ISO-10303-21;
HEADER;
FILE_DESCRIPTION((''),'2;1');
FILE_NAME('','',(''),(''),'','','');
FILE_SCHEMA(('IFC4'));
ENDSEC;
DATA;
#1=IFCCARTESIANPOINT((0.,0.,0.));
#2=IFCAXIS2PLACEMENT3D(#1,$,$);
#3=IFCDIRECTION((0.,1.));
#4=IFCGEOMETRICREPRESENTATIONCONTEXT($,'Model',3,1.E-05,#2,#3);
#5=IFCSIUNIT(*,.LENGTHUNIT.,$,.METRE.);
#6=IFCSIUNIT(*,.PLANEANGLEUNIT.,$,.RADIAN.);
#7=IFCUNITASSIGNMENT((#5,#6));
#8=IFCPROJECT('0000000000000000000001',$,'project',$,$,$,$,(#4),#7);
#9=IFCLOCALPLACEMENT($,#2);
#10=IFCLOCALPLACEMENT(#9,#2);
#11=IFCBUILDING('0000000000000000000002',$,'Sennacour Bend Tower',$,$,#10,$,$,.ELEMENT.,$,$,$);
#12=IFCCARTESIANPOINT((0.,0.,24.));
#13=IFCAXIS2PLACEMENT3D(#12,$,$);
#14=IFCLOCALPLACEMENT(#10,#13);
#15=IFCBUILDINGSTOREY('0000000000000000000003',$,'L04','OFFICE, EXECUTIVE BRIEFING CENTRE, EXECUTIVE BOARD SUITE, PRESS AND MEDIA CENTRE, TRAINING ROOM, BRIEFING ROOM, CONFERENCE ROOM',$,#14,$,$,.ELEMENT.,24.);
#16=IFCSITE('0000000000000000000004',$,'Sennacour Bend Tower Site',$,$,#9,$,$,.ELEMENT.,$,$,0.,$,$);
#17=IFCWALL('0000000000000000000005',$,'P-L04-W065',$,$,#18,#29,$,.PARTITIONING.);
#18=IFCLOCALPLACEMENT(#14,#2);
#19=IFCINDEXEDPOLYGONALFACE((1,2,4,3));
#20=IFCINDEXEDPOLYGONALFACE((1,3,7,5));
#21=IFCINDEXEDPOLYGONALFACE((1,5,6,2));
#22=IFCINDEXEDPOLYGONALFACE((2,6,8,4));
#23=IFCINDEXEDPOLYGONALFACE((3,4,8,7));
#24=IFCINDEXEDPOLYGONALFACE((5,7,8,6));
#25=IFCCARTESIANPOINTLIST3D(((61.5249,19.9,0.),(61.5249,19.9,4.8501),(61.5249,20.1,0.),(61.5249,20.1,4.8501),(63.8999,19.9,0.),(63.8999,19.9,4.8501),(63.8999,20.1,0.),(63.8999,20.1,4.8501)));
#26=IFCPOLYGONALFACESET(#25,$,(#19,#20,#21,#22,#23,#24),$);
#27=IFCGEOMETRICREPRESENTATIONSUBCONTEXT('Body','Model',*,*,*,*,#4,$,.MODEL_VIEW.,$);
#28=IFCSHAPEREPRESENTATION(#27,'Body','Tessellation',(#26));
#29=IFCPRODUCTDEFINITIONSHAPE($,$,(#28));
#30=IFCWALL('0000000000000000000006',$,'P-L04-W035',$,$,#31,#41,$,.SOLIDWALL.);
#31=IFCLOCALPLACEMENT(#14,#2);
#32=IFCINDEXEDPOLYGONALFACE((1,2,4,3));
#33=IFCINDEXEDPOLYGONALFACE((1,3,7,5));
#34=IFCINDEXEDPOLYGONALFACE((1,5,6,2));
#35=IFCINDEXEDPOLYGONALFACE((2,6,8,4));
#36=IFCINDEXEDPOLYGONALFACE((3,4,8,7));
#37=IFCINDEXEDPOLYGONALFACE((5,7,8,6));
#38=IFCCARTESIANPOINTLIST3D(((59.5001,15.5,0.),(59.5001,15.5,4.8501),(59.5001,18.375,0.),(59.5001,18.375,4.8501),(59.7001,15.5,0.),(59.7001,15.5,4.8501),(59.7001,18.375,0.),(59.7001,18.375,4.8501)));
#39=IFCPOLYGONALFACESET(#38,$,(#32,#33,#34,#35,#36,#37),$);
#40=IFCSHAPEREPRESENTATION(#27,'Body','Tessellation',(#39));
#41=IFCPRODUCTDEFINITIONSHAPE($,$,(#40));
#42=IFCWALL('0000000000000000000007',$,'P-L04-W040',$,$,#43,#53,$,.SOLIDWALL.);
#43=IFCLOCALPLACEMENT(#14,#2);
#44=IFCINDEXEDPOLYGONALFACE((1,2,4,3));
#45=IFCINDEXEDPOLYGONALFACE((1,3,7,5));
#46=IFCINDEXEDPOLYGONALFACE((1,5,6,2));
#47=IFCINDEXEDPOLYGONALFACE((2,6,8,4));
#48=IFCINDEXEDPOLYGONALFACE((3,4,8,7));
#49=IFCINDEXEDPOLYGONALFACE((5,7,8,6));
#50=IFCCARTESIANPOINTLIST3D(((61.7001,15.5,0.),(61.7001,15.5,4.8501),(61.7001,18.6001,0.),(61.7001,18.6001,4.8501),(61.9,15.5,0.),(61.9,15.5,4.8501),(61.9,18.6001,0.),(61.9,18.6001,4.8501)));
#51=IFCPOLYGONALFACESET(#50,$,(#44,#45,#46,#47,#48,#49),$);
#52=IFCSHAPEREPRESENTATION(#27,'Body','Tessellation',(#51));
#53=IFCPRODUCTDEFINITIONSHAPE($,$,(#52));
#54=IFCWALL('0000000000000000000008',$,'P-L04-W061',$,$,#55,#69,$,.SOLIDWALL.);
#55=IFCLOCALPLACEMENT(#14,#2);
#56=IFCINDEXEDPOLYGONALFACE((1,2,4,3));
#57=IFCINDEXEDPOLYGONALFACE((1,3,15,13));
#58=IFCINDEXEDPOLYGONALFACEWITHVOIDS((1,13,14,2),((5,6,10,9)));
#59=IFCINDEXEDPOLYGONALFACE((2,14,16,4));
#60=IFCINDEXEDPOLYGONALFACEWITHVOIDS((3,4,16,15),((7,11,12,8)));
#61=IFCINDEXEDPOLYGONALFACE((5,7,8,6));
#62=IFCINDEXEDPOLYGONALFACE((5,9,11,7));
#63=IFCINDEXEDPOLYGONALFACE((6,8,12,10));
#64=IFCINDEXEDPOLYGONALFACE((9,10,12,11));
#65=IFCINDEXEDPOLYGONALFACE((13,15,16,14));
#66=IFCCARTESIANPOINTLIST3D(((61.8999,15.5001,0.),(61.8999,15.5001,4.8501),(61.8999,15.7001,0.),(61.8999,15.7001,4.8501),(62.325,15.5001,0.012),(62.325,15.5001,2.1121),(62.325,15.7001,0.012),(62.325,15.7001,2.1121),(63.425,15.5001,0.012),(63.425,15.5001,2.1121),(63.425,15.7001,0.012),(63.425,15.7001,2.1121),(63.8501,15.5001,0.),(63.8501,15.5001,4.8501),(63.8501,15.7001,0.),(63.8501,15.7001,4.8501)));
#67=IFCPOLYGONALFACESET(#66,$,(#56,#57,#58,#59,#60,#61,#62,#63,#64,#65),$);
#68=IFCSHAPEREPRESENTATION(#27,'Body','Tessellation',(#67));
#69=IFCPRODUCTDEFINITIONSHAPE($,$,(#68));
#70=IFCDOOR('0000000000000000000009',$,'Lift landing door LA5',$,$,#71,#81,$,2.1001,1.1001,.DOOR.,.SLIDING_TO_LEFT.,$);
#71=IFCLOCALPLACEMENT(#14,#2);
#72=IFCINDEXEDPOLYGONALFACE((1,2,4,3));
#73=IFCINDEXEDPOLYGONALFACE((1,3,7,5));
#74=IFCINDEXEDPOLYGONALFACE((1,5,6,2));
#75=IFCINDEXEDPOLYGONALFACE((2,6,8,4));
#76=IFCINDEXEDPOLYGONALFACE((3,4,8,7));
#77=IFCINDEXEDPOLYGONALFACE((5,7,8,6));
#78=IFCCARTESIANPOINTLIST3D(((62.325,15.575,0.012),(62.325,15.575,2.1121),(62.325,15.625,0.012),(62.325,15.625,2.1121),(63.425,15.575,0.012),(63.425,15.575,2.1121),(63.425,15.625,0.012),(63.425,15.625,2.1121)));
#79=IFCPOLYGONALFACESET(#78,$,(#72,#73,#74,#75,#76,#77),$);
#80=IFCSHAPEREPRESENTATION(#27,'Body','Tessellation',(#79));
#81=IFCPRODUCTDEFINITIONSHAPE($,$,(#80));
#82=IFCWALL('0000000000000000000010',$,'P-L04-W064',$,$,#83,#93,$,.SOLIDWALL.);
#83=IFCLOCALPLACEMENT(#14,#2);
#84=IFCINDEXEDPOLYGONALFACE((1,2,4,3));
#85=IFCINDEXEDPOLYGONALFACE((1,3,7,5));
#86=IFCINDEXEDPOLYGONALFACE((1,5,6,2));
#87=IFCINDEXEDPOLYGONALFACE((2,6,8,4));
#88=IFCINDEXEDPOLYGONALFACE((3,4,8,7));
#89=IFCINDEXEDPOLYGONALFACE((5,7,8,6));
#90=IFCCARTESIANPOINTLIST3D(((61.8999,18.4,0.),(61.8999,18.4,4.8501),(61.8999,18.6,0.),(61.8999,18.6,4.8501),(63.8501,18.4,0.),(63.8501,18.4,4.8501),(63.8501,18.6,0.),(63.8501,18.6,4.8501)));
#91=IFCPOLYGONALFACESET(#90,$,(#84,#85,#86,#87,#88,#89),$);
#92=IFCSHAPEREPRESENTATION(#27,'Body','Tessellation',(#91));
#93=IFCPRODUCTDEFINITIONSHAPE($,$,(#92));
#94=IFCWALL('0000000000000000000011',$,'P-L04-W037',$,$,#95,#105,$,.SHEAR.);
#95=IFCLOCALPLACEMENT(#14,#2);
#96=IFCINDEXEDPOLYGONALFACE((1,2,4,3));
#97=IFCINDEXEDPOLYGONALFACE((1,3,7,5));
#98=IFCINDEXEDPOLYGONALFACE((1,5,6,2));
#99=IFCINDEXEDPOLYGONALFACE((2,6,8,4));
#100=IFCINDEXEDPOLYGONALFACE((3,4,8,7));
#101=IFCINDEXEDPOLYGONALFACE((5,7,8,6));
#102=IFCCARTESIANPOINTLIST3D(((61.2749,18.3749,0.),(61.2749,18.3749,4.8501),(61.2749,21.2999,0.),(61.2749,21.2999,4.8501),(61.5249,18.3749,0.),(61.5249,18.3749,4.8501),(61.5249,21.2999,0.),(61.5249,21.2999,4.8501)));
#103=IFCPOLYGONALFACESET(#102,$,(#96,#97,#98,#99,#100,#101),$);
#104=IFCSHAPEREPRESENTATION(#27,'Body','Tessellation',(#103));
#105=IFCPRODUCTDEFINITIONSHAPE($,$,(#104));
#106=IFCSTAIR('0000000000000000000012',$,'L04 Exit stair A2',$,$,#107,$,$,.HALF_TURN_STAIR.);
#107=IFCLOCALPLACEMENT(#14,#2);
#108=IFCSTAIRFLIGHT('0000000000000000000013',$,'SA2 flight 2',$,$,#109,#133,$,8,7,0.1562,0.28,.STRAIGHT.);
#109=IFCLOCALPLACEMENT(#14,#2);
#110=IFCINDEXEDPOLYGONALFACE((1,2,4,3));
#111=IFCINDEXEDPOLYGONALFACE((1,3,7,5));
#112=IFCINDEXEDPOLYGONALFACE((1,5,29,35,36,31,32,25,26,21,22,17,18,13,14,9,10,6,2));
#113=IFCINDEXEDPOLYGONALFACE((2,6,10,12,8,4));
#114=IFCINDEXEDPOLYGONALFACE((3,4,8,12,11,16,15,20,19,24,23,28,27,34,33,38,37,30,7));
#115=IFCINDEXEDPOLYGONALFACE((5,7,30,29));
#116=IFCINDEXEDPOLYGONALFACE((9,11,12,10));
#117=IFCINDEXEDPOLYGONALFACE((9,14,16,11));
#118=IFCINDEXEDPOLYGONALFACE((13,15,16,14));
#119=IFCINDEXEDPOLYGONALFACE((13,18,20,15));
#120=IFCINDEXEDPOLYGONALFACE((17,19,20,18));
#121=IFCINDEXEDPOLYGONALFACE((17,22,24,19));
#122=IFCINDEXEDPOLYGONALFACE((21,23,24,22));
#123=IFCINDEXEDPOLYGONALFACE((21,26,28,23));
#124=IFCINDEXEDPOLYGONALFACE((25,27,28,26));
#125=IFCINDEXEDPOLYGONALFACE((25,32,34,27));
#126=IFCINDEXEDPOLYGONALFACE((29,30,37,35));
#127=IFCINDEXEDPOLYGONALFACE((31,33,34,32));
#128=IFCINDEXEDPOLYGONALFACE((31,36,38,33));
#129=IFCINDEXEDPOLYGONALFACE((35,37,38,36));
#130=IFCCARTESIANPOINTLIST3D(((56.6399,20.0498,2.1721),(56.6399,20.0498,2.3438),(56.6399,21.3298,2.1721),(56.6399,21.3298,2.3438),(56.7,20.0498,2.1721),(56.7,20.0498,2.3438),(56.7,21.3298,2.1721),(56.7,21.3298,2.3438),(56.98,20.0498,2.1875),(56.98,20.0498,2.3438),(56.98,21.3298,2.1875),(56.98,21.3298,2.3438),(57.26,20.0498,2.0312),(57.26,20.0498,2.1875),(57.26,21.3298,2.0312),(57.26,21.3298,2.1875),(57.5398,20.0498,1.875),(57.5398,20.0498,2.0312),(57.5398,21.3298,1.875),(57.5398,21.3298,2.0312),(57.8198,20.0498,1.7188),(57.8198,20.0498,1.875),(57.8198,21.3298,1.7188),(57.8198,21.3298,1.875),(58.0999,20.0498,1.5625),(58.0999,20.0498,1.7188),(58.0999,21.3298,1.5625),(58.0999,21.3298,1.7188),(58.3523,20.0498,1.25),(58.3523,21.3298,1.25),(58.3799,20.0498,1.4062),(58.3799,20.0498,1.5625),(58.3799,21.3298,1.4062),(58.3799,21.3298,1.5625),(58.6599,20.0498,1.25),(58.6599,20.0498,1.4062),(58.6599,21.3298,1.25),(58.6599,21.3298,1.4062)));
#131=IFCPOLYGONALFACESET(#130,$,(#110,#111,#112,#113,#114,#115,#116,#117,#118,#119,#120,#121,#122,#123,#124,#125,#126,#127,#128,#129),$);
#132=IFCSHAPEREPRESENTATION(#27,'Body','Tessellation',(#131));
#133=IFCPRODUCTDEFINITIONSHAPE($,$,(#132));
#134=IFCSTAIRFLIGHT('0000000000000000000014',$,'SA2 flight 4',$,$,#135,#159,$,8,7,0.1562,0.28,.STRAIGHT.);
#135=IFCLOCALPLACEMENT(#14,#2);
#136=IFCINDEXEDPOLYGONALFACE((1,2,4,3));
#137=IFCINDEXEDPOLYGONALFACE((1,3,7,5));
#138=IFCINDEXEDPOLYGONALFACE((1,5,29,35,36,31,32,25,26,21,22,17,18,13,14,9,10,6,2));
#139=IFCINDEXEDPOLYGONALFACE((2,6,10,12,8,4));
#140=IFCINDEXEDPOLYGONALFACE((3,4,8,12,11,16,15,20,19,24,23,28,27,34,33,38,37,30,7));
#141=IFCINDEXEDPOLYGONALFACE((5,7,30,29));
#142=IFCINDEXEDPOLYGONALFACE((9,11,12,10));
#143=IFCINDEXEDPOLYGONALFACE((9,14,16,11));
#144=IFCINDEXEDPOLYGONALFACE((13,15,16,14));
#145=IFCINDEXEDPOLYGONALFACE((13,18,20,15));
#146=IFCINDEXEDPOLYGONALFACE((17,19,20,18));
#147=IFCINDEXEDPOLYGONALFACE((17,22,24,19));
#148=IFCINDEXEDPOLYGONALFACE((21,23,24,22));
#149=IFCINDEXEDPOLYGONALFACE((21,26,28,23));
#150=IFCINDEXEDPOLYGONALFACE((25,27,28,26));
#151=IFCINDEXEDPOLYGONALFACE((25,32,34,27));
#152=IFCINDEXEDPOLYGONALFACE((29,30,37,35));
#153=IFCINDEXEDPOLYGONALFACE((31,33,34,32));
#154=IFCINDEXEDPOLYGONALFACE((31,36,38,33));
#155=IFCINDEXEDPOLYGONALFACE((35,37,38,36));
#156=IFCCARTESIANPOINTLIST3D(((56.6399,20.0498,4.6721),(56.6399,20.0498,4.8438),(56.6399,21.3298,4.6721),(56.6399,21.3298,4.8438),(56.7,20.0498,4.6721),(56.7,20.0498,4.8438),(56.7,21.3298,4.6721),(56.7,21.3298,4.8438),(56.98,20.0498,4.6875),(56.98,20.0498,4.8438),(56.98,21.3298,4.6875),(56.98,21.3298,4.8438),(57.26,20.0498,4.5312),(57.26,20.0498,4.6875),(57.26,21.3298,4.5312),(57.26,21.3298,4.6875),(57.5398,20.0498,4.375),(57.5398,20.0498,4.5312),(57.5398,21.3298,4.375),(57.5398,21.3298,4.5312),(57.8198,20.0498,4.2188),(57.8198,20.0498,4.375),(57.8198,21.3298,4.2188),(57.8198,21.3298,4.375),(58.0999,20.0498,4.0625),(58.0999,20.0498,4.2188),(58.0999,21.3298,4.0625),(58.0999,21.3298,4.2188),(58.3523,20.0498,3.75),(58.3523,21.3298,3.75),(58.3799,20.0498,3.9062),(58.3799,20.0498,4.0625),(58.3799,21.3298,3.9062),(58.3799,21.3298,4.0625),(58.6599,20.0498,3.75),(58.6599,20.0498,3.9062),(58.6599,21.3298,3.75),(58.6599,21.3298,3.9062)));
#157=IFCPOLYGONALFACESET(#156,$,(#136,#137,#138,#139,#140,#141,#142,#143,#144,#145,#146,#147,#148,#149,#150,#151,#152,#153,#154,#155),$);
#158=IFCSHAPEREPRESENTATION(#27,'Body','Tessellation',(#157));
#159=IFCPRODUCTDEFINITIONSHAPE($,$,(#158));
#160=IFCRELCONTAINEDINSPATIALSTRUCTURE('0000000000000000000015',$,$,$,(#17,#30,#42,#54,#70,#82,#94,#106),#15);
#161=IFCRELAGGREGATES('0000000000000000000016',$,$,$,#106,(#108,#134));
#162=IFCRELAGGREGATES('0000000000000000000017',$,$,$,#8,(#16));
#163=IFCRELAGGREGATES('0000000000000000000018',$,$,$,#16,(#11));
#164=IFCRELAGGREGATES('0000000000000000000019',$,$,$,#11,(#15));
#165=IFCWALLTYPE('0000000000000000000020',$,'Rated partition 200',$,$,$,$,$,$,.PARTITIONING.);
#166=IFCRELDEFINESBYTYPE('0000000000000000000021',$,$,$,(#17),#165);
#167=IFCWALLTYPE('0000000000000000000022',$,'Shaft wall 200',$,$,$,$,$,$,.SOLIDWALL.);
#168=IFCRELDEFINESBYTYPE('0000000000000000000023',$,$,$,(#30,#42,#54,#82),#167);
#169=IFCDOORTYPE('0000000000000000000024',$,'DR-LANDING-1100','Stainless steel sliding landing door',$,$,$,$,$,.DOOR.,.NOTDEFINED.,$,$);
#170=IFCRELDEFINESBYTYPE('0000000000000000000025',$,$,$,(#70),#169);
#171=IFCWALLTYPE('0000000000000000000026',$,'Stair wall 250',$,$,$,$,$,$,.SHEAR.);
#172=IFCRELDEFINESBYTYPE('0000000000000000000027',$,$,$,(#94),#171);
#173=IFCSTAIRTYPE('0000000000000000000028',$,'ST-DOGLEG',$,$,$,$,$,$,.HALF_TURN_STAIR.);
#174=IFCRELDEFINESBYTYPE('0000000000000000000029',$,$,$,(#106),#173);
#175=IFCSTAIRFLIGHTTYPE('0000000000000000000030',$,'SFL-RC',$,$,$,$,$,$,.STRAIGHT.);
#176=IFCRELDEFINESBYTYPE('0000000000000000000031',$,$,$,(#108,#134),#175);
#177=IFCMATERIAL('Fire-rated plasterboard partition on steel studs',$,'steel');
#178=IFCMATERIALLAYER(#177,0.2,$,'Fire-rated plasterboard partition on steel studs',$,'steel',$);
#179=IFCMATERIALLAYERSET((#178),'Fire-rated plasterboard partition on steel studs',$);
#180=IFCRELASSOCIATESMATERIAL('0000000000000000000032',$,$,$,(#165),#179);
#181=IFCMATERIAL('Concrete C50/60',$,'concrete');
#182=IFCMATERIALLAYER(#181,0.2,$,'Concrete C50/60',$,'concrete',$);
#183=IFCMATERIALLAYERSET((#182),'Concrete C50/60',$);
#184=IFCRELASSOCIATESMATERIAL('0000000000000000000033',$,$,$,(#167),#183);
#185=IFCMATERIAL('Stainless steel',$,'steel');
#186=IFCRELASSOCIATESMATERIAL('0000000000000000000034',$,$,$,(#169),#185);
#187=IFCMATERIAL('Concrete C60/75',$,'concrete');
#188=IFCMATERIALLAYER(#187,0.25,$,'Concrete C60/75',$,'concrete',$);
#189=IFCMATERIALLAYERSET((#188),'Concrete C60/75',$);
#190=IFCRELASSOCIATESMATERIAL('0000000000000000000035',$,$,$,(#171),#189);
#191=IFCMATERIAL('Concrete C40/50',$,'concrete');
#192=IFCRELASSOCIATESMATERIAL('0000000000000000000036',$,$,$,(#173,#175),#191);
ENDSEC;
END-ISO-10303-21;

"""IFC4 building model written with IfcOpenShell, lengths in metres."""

from ifc_helpers import new_model, si_unit, direction, frame, frame_2d, origin, place, context, subcontext, project, spatial, polyline, rectangle, outline, extrude, material, layer, layer_set, type_object, element, fill, aggregate, save


model = new_model("IFC4")

# Units and contexts
model_context = context("Model", 3, precision=1e-05, world=origin(), true_north=direction((0.0, 1.0)))
body_context = subcontext(model_context, "Body", "Model", "MODEL_VIEW")
ifc_project = project(units=[si_unit("LENGTHUNIT", "METRE"), si_unit("PLANEANGLEUNIT", "RADIAN")], contexts=[model_context])

# Site, building, storey
site_placement = place(None, origin())
site = spatial("IfcSite", under=ifc_project, at=site_placement, Name="Sennacour Bend Tower Site", CompositionType="ELEMENT", RefElevation=0.0)
building_placement = place(site_placement, origin())
building = spatial("IfcBuilding", under=site, at=building_placement, Name="Sennacour Bend Tower", CompositionType="ELEMENT")
storey_placement = place(building_placement, frame((0.0, 0.0, 24.0)))
storey = spatial("IfcBuildingStorey", under=building, at=storey_placement, Name="L04", Description="OFFICE, EXECUTIVE BRIEFING CENTRE, EXECUTIVE BOARD SUITE, PRESS AND MEDIA CENTRE, TRAINING ROOM, BRIEFING ROOM, CONFERENCE ROOM", CompositionType="ELEMENT", Elevation=24.0)

# Shared definitions
ifc_material_1 = material(Name="Fire-rated plasterboard partition on steel studs", Category="steel")
ifc_layer_1 = layer(ifc_material_1, 0.2, Name="Fire-rated plasterboard partition on steel studs", Category="steel")
ifc_layer_set_1 = layer_set([ifc_layer_1], Name="Fire-rated plasterboard partition on steel studs")
wall_type_1 = type_object("IfcWallType", Name="Rated partition 200", PredefinedType="PARTITIONING", material=ifc_layer_set_1)

# Walls
wall_1_placement = place(storey_placement, frame((61.5249, 20.0, 0.0), z_axis=(0.0, 0.0, 1.0), x_axis=(1.0, 0.0, 0.0)))
element("IfcWall", 1, at=wall_1_placement, inside=storey, type_object=wall_type_1, Name="P-L04-W065", PredefinedType="PARTITIONING", context=body_context, shape_type="SweptSolid", body=[
    extrude(rectangle(XDim=2.375, YDim=0.2, at=frame_2d((1.1875, 0.0))), origin(), (0.0, 0.0, 1.0), 4.8501),
])
ifc_material_2 = material(Name="Concrete C50/60", Category="concrete")
ifc_layer_2 = layer(ifc_material_2, 0.2, Name="Concrete C50/60", Category="concrete")
ifc_layer_set_2 = layer_set([ifc_layer_2], Name="Concrete C50/60")
wall_type_2 = type_object("IfcWallType", Name="Shaft wall 200", PredefinedType="SOLIDWALL", material=ifc_layer_set_2)
wall_2_placement = place(storey_placement, frame((59.6001, 15.5, 0.0), z_axis=(0.0, 0.0, 1.0), x_axis=(0.0, 1.0, 0.0)))
element("IfcWall", 2, at=wall_2_placement, inside=storey, type_object=wall_type_2, Name="P-L04-W035", PredefinedType="SOLIDWALL", context=body_context, shape_type="SweptSolid", body=[
    extrude(rectangle(XDim=2.875, YDim=0.2, at=frame_2d((1.4375, 0.0))), origin(), (0.0, 0.0, 1.0), 4.8501),
])
wall_3_placement = place(storey_placement, frame((61.8, 15.5, 0.0), z_axis=(0.0, 0.0, 1.0), x_axis=(0.0, 1.0, 0.0)))
element("IfcWall", 3, at=wall_3_placement, inside=storey, type_object=wall_type_2, Name="P-L04-W040", PredefinedType="SOLIDWALL", context=body_context, shape_type="SweptSolid", body=[
    extrude(rectangle(XDim=3.1001, YDim=0.2, at=frame_2d((1.55, 0.0))), origin(), (0.0, 0.0, 1.0), 4.8501),
])

# Wall, opening, door
wall_4_placement = place(storey_placement, frame((61.8999, 15.6001, 0.0), z_axis=(0.0, 0.0, 1.0), x_axis=(1.0, 0.0, 0.0)))
wall_4 = element("IfcWall", 4, at=wall_4_placement, inside=storey, type_object=wall_type_2, Name="P-L04-W061", PredefinedType="SOLIDWALL", context=body_context, shape_type="SweptSolid", body=[
    extrude(rectangle(XDim=1.9502, YDim=0.2, at=frame_2d((0.9751, 0.0))), origin(), (0.0, 0.0, 1.0), 4.8501),
])
opening_1_placement = place(wall_4_placement, frame((0.425, 0.0, 0.012)))
opening_1 = element("IfcOpeningElement", 5, at=opening_1_placement, cuts=wall_4, PredefinedType="OPENING", context=body_context, shape_type="SweptSolid", body=[
    extrude(rectangle(XDim=1.1001, YDim=2.1001, at=frame_2d((0.55, 1.05))), frame((0.0, 0.1099, 0.0), z_axis=(0.0, -1.0, 0.0), x_axis=(1.0, 0.0, 0.0)), (0.0, 0.0, 1.0), 0.22),
])
ifc_material_3 = material(Name="Stainless steel", Category="steel")
door_type_1 = type_object("IfcDoorType", Name="DR-LANDING-1100", Description="Stainless steel sliding landing door", OperationType="NOTDEFINED", PredefinedType="DOOR", material=ifc_material_3)
door_1_placement = place(opening_1_placement, origin())
door_1 = element("IfcDoor", 6, at=door_1_placement, inside=storey, type_object=door_type_1, Name="Lift landing door LA5", OperationType="SLIDING_TO_LEFT", OverallHeight=2.1001, OverallWidth=1.1001, PredefinedType="DOOR", context=body_context, shape_type="SweptSolid", body=[
    extrude(rectangle(XDim=1.1001, YDim=2.1001, at=frame_2d((0.55, 1.05))), frame((0.0, 0.0249, 0.0), z_axis=(0.0, -1.0, 0.0), x_axis=(1.0, 0.0, 0.0)), (0.0, 0.0, 1.0), 0.05),
])
fill(opening_1, door_1)

# Walls
wall_5_placement = place(storey_placement, frame((61.8999, 18.5, 0.0), z_axis=(0.0, 0.0, 1.0), x_axis=(1.0, 0.0, 0.0)))
element("IfcWall", 7, at=wall_5_placement, inside=storey, type_object=wall_type_2, Name="P-L04-W064", PredefinedType="SOLIDWALL", context=body_context, shape_type="SweptSolid", body=[
    extrude(rectangle(XDim=1.9502, YDim=0.2, at=frame_2d((0.9751, 0.0))), origin(), (0.0, 0.0, 1.0), 4.8501),
])
ifc_material_4 = material(Name="Concrete C60/75", Category="concrete")
ifc_layer_3 = layer(ifc_material_4, 0.25, Name="Concrete C60/75", Category="concrete")
ifc_layer_set_3 = layer_set([ifc_layer_3], Name="Concrete C60/75")
wall_type_3 = type_object("IfcWallType", Name="Stair wall 250", PredefinedType="SHEAR", material=ifc_layer_set_3)
wall_6_placement = place(storey_placement, frame((61.3999, 18.375, 0.0), z_axis=(0.0, 0.0, 1.0), x_axis=(0.0, 1.0, 0.0)))
element("IfcWall", 8, at=wall_6_placement, inside=storey, type_object=wall_type_3, Name="P-L04-W037", PredefinedType="SHEAR", context=body_context, shape_type="SweptSolid", body=[
    extrude(rectangle(XDim=2.925, YDim=0.25, at=frame_2d((1.4624, 0.0))), origin(), (0.0, 0.0, 1.0), 4.8501),
])

# Stair, stair flights
ifc_material_5 = material(Name="Concrete C40/50", Category="concrete")
stair_type = type_object("IfcStairType", Name="ST-DOGLEG", PredefinedType="HALF_TURN_STAIR", material=ifc_material_5)
stair_placement = place(storey_placement, origin())
stair = element("IfcStair", 9, at=stair_placement, inside=storey, type_object=stair_type, Name="L04 Exit stair A2", PredefinedType="HALF_TURN_STAIR")
stair_flight_type = type_object("IfcStairFlightType", Name="SFL-RC", PredefinedType="STRAIGHT", material=ifc_material_5)
stair_flight_1_placement = place(storey_placement, frame((58.6599, 20.6899, 1.25), z_axis=(0.0, 0.0, 1.0), x_axis=(-1.0, 0.0, 0.0)))
stair_flight_1 = element("IfcStairFlight", 10, at=stair_flight_1_placement, type_object=stair_flight_type, Name="SA2 flight 2", NumberOfRisers=8, NumberOfTreads=7, PredefinedType="STRAIGHT", RiserHeight=0.1562, TreadLength=0.28, context=body_context, shape_type="SweptSolid", body=[
    extrude(outline(polyline([(0.0, 0.0), (0.0, 0.1562), (0.28, 0.1562), (0.28, 0.3125), (0.5601, 0.3125), (0.5601, 0.4688), (0.8401, 0.4688), (0.8401, 0.625), (1.1201, 0.625), (1.1201, 0.7812), (1.3999, 0.7812), (1.3999, 0.9375), (1.6799, 0.9375), (1.6799, 1.0938), (1.96, 1.0938), (2.02, 1.0938), (2.02, 0.9221), (1.96, 0.9221), (0.3076, 0.0), (0.0, 0.0)])), frame((0.0, 0.6401, 0.0), z_axis=(0.0, -1.0, 0.0), x_axis=(1.0, 0.0, 0.0)), (0.0, 0.0, 1.0), 1.28),
])
stair_flight_2_placement = place(storey_placement, frame((58.6599, 20.6899, 3.75), z_axis=(0.0, 0.0, 1.0), x_axis=(-1.0, 0.0, 0.0)))
stair_flight_2 = element("IfcStairFlight", 11, at=stair_flight_2_placement, type_object=stair_flight_type, Name="SA2 flight 4", NumberOfRisers=8, NumberOfTreads=7, PredefinedType="STRAIGHT", RiserHeight=0.1562, TreadLength=0.28, context=body_context, shape_type="SweptSolid", body=[
    extrude(outline(polyline([(0.0, 0.0), (0.0, 0.1562), (0.28, 0.1562), (0.28, 0.3125), (0.5601, 0.3125), (0.5601, 0.4688), (0.8401, 0.4688), (0.8401, 0.625), (1.1201, 0.625), (1.1201, 0.7812), (1.3999, 0.7812), (1.3999, 0.9375), (1.6799, 0.9375), (1.6799, 1.0938), (1.96, 1.0938), (2.02, 1.0938), (2.02, 0.9221), (1.96, 0.9221), (0.3076, 0.0), (0.0, 0.0)])), frame((0.0, 0.6401, 0.0), z_axis=(0.0, -1.0, 0.0), x_axis=(1.0, 0.0, 0.0)), (0.0, 0.0, 1.0), 1.28),
])
aggregate(stair, [stair_flight_1, stair_flight_2])

save(model, "model.ifc")
